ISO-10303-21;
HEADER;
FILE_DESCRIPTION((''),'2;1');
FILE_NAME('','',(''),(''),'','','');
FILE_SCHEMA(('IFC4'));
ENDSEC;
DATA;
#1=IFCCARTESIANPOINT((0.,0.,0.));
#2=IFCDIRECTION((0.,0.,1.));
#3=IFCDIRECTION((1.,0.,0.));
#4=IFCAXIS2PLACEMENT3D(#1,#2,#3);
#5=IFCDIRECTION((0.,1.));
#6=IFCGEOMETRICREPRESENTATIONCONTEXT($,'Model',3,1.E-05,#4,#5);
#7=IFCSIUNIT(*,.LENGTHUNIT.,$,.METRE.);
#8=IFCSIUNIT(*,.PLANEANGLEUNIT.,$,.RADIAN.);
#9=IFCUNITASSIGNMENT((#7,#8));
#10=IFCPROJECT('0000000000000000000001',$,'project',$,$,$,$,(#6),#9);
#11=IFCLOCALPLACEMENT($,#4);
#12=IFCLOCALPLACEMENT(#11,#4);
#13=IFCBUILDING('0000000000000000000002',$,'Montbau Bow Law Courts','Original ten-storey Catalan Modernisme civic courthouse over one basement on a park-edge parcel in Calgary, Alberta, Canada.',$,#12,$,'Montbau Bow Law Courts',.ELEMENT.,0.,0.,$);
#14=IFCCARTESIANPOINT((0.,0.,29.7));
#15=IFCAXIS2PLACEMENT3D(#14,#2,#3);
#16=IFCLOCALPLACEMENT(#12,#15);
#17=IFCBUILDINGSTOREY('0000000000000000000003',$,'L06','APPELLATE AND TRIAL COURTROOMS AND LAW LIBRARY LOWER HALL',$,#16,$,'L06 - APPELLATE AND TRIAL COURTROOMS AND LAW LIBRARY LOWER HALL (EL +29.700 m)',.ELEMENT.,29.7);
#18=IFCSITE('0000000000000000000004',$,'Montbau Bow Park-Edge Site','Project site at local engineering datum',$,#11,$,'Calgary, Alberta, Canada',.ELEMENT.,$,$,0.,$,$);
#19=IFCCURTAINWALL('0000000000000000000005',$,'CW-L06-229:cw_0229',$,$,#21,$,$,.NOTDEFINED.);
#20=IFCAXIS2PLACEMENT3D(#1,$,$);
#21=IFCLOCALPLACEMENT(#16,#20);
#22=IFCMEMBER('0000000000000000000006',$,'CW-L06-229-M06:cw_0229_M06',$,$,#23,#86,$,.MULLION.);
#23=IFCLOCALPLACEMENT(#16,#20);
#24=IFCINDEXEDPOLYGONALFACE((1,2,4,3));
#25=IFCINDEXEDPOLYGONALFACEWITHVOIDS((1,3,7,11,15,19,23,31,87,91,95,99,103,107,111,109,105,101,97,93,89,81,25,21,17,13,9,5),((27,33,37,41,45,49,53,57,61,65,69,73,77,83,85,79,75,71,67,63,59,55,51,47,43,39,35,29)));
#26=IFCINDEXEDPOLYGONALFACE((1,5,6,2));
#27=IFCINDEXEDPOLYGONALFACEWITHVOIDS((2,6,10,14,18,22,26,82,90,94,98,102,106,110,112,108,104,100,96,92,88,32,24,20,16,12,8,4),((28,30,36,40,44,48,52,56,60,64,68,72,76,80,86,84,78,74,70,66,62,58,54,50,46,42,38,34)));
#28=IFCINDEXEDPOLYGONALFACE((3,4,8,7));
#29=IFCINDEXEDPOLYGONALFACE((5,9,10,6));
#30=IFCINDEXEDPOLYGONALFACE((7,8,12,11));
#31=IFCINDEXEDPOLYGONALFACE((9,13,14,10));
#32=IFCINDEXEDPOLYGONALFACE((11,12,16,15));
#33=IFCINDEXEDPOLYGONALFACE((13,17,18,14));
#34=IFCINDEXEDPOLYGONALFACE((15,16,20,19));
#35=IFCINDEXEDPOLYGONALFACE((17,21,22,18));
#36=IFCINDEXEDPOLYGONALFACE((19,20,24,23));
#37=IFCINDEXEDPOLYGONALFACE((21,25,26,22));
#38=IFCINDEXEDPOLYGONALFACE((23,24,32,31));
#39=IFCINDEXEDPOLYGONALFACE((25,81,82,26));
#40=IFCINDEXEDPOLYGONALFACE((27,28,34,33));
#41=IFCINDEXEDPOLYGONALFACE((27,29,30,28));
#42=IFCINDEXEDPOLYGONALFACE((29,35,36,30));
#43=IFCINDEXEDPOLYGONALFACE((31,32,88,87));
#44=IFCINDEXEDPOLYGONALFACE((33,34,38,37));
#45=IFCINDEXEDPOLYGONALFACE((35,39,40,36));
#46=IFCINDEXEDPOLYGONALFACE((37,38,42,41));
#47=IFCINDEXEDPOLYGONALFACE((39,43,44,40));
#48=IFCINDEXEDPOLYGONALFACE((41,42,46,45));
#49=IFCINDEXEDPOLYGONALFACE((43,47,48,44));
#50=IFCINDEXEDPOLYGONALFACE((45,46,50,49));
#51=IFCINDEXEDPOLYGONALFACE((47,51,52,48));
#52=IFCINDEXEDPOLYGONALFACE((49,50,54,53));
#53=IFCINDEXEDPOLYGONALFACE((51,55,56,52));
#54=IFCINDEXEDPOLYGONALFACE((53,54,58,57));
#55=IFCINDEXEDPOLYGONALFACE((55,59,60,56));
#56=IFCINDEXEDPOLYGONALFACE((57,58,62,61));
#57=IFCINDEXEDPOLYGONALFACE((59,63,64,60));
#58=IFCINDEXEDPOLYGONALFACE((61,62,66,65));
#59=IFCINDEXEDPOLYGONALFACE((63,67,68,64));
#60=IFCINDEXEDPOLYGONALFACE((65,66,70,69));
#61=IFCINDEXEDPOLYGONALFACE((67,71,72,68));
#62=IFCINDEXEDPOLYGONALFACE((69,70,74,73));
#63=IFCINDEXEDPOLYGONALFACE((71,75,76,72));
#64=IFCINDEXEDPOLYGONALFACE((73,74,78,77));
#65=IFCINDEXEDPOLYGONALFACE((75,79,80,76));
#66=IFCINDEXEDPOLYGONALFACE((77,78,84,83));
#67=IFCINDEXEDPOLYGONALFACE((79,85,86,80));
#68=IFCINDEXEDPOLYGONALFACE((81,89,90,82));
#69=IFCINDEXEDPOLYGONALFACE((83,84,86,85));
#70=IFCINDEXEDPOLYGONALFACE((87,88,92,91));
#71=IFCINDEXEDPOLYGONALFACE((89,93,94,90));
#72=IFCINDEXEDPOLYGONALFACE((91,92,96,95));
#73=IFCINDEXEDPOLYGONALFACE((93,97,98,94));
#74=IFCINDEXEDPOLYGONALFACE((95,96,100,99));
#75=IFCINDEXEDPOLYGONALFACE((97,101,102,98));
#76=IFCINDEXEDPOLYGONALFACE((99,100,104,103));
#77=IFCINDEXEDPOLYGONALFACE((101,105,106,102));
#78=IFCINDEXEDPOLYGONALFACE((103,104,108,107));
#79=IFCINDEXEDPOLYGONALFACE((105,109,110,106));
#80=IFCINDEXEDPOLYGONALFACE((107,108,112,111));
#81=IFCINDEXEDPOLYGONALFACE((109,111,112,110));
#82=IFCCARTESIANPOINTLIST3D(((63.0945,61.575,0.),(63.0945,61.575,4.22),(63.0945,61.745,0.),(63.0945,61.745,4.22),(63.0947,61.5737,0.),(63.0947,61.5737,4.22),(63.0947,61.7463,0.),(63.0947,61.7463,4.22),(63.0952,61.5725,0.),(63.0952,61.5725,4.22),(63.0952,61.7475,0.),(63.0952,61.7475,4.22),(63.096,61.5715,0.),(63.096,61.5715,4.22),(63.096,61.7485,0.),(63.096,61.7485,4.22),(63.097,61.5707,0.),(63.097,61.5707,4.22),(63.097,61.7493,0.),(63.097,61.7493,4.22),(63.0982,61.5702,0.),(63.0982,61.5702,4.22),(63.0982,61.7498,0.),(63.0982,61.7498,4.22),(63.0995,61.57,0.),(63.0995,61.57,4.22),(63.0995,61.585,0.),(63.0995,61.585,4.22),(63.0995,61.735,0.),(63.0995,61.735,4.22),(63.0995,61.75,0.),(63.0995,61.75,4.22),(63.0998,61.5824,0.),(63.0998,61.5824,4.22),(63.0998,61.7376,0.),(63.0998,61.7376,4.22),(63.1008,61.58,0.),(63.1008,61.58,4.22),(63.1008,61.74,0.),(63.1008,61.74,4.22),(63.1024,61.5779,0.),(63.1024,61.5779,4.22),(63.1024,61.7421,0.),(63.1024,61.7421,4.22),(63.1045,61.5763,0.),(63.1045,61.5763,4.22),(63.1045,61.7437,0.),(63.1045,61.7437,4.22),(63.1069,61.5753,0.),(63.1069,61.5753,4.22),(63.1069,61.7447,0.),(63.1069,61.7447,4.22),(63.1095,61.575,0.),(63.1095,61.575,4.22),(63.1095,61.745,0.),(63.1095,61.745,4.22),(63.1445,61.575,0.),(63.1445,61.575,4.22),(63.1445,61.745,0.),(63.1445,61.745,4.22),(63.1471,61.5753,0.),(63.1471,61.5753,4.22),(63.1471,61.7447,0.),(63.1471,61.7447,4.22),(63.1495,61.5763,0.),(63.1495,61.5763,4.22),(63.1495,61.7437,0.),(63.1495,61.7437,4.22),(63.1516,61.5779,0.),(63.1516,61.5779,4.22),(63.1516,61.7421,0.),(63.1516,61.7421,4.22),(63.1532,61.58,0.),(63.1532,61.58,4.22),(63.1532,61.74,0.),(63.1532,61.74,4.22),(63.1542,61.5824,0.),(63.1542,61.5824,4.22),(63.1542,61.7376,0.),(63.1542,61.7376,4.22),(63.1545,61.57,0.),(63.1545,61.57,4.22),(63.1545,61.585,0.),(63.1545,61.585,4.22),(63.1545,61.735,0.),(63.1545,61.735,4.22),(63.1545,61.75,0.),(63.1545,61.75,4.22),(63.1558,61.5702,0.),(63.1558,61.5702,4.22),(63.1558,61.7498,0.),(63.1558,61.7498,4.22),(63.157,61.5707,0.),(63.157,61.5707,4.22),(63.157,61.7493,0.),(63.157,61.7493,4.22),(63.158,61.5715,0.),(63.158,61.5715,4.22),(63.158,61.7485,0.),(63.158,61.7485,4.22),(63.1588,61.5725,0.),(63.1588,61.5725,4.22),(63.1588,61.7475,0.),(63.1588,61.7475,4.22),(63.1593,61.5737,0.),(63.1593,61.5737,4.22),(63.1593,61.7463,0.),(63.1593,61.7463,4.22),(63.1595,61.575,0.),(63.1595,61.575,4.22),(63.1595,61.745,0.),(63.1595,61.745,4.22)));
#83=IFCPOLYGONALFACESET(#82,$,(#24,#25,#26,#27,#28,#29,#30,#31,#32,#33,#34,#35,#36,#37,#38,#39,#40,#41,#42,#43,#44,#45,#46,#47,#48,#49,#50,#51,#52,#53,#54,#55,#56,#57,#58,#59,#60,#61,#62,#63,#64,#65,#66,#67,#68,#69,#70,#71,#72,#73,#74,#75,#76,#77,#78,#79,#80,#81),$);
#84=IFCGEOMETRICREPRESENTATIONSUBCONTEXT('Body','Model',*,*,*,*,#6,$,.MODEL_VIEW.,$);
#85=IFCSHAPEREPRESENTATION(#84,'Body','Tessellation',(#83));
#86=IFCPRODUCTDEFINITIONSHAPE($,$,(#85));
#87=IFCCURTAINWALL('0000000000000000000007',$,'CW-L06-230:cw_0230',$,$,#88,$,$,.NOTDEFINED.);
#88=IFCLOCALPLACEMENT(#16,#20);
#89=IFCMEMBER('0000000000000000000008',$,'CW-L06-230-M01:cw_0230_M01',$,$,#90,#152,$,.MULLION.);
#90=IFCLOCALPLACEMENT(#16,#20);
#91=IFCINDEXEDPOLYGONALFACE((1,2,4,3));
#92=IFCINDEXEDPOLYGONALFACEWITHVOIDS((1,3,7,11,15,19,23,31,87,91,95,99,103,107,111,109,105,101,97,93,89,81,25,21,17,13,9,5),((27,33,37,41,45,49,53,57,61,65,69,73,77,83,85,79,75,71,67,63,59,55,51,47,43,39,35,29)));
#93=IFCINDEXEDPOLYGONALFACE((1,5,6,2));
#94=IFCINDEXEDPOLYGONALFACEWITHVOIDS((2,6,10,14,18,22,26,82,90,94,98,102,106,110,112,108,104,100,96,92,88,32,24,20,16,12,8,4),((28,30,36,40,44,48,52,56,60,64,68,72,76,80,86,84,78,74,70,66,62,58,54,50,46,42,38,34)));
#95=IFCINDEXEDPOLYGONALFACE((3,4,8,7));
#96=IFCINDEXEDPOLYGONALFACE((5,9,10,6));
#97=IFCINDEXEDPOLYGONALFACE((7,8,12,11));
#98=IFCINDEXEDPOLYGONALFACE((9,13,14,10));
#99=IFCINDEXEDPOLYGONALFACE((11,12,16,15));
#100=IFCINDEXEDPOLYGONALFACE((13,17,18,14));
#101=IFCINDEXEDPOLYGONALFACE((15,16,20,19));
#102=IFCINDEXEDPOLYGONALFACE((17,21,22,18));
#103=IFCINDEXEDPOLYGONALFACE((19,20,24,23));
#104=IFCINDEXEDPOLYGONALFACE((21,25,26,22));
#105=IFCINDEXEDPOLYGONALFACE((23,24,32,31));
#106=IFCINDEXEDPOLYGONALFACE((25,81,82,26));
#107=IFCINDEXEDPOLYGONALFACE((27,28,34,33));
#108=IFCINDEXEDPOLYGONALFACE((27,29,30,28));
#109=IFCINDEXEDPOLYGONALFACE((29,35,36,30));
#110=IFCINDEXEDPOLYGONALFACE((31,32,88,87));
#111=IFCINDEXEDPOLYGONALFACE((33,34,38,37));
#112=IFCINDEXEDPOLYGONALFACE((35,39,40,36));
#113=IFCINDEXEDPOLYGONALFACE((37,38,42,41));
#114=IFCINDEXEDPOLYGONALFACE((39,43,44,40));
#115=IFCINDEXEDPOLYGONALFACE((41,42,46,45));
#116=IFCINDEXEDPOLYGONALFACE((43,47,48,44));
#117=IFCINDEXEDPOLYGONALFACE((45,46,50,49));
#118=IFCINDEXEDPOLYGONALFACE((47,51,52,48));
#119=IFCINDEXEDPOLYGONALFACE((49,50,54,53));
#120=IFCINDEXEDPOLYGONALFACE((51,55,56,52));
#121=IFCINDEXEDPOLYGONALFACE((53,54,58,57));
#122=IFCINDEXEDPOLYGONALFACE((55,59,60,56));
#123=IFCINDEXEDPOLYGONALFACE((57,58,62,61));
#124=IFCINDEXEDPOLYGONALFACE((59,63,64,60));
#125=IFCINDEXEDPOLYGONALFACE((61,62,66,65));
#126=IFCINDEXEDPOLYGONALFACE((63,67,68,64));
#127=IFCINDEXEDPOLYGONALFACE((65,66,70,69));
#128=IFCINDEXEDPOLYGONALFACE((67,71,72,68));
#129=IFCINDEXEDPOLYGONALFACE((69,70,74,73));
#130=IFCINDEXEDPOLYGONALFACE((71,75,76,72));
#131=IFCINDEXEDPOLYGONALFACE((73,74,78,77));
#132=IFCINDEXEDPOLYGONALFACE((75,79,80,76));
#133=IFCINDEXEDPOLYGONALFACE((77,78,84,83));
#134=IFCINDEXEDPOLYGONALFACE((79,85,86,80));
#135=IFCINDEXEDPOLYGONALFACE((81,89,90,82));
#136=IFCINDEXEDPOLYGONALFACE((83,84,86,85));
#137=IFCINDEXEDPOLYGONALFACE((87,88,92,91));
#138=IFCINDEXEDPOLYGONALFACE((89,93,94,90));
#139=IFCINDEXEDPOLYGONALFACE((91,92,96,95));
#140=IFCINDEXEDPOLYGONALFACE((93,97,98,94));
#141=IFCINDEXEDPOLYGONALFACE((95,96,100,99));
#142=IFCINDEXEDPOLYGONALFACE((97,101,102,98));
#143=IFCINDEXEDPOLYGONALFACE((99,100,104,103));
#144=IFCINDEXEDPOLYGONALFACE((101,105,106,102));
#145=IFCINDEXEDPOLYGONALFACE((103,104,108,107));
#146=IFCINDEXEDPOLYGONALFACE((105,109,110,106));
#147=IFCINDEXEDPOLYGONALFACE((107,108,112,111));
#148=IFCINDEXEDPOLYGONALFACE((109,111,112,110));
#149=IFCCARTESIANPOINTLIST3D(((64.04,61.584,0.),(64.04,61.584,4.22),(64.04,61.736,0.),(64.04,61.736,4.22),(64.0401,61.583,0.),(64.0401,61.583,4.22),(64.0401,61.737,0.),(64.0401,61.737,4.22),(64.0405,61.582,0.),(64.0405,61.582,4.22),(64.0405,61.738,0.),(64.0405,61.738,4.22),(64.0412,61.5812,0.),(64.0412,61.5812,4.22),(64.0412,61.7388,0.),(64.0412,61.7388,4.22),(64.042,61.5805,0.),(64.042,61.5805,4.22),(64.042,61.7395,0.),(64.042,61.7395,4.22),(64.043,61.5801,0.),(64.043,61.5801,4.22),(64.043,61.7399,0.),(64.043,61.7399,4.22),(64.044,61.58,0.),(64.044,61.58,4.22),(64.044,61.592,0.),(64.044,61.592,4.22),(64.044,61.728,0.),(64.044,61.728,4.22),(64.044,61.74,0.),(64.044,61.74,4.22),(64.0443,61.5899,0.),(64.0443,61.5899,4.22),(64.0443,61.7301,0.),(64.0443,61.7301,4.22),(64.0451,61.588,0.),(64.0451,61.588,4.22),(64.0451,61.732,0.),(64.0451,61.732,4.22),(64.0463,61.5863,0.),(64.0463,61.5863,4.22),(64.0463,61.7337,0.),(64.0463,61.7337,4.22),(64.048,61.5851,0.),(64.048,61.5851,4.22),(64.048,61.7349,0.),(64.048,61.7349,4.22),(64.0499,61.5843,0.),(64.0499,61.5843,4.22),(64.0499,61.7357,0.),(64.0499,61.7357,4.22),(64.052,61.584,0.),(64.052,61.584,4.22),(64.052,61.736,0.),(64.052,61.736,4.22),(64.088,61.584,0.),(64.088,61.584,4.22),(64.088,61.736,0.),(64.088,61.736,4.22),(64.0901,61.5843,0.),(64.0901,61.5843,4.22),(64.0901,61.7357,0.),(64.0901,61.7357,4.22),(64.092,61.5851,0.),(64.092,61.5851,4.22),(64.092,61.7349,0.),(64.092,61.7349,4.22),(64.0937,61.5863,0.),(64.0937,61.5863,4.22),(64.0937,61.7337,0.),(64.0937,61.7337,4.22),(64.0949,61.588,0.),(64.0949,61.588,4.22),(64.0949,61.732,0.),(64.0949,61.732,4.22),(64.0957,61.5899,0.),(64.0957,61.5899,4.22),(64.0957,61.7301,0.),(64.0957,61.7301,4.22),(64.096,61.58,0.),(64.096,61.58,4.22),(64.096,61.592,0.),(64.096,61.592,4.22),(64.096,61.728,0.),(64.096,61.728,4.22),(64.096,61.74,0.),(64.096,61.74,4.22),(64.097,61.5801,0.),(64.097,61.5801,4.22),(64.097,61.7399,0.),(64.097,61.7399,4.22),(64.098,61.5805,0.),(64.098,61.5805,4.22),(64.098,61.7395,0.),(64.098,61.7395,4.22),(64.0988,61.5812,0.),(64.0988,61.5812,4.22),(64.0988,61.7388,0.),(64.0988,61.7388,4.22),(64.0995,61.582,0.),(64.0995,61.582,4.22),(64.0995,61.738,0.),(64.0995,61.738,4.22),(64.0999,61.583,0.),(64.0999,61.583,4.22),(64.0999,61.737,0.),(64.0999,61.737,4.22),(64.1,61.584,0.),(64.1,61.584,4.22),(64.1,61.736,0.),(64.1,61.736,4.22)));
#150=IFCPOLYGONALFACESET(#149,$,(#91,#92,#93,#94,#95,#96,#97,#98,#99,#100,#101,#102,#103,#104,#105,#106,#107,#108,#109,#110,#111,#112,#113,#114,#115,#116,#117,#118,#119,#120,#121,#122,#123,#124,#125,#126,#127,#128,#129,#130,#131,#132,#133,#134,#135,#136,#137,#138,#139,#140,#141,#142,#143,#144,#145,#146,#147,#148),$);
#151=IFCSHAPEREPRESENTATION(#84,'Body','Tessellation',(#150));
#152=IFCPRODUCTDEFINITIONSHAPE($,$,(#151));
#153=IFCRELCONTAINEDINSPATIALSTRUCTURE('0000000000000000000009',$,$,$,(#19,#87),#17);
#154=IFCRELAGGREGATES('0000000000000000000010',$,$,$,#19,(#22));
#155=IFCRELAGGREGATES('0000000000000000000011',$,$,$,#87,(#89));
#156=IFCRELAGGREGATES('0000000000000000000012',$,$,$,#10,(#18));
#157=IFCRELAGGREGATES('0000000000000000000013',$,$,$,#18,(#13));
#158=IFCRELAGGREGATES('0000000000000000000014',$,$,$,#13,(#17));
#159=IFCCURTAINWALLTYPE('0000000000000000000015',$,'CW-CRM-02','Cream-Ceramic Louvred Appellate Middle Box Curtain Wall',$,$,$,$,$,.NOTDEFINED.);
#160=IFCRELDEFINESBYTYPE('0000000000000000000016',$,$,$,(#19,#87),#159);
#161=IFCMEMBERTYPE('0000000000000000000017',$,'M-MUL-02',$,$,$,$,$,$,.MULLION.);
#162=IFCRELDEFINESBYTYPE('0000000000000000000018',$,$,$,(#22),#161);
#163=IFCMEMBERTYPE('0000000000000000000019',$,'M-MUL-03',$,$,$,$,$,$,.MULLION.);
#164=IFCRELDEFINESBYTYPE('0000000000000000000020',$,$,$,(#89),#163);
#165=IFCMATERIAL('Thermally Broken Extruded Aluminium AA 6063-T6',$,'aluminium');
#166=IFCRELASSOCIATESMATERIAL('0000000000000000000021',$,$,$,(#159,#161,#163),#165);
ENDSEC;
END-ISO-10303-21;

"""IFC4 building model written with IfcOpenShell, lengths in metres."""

from ifc_helpers import new_model, si_unit, direction, frame, origin_with_axes, origin_2d_with_axis, place, context, subcontext, project, spatial, hollow_rectangle, extrude, material, material_profile, profile_set, type_object, element, aggregate, save


model = new_model("IFC4")

# Units and contexts
model_context = context("Model", 3, precision=1e-05, world=origin_with_axes(), true_north=direction((0.0, 1.0)))
body_context = subcontext(model_context, "Body", "Model", "MODEL_VIEW")
ifc_project = project(units=[si_unit("LENGTHUNIT", "METRE"), si_unit("PLANEANGLEUNIT", "RADIAN")], contexts=[model_context])

# Site, building, storey
site_placement = place(None, origin_with_axes())
site = spatial("IfcSite", under=ifc_project, at=site_placement, Name="Montbau Bow Park-Edge Site", Description="Project site at local engineering datum", LongName="Calgary, Alberta, Canada", CompositionType="ELEMENT", RefElevation=0.0)
building_placement = place(site_placement, origin_with_axes())
building = spatial("IfcBuilding", under=site, at=building_placement, Name="Montbau Bow Law Courts", Description="Original ten-storey Catalan Modernisme civic courthouse over one basement on a park-edge parcel in Calgary, Alberta, Canada.", LongName="Montbau Bow Law Courts", CompositionType="ELEMENT", ElevationOfRefHeight=0.0, ElevationOfTerrain=0.0)
storey_placement = place(building_placement, frame((0.0, 0.0, 29.7), z_axis=(0.0, 0.0, 1.0), x_axis=(1.0, 0.0, 0.0)))
storey = spatial("IfcBuildingStorey", under=building, at=storey_placement, Name="L06", Description="APPELLATE AND TRIAL COURTROOMS AND LAW LIBRARY LOWER HALL", LongName="L06 - APPELLATE AND TRIAL COURTROOMS AND LAW LIBRARY LOWER HALL (EL +29.700 m)", CompositionType="ELEMENT", Elevation=29.7)

# Curtain wall, member
ifc_material_1 = material(Name="Thermally Broken Extruded Aluminium AA 6063-T6", Category="aluminium")
curtain_wall_type = type_object("IfcCurtainWallType", Name="CW-CRM-02", Description="Cream-Ceramic Louvred Appellate Middle Box Curtain Wall", PredefinedType="NOTDEFINED", material=ifc_material_1)
curtain_wall_1_placement = place(None, frame((55.64, 61.66, 29.7), z_axis=(0.0, 0.0, 1.0), x_axis=(1.0, 0.0, 0.0)))
curtain_wall_1 = element("IfcCurtainWall", 1, at=curtain_wall_1_placement, inside=storey, type_object=curtain_wall_type, Name="CW-L06-229:cw_0229", PredefinedType="NOTDEFINED")
ifc_material_profile_1 = material_profile(ifc_material_1, hollow_rectangle(XDim=0.065, YDim=0.18, WallThickness=0.005, InnerFilletRadius=0.01, OuterFilletRadius=0.005, at=origin_2d_with_axis()), Name="CWM-180X65", Category="Main", Priority=0)
ifc_profile_set_1 = profile_set([ifc_material_profile_1], Name="Thermally Broken Extruded Aluminium AA 6063-T6")
member_type_1 = type_object("IfcMemberType", Name="M-MUL-02", PredefinedType="MULLION", material=ifc_profile_set_1)
member_1_placement = place(None, frame((63.127, 61.66, 29.7), z_axis=(0.0, 0.0, 1.0), x_axis=(1.0, 0.0, 0.0)))
member_1 = element("IfcMember", 2, at=member_1_placement, type_object=member_type_1, Name="CW-L06-229-M06:cw_0229_M06", PredefinedType="MULLION", context=body_context, shape_type="SweptSolid", body=[
    extrude(hollow_rectangle(XDim=0.065, YDim=0.18, WallThickness=0.005, InnerFilletRadius=0.01, OuterFilletRadius=0.005, at=origin_2d_with_axis()), origin_with_axes(), (0.0, 0.0, 1.0), 4.22),
])
aggregate(curtain_wall_1, [member_1])

# Curtain wall, member
curtain_wall_2_placement = place(None, frame((64.04, 61.66, 29.7), z_axis=(0.0, 0.0, 1.0), x_axis=(1.0, 0.0, 0.0)))
curtain_wall_2 = element("IfcCurtainWall", 3, at=curtain_wall_2_placement, inside=storey, type_object=curtain_wall_type, Name="CW-L06-230:cw_0230", PredefinedType="NOTDEFINED")
ifc_material_profile_2 = material_profile(ifc_material_1, hollow_rectangle(XDim=0.06, YDim=0.16, WallThickness=0.004, InnerFilletRadius=0.008, OuterFilletRadius=0.004, at=origin_2d_with_axis()), Name="CWM-160X60", Category="Main", Priority=0)
ifc_profile_set_2 = profile_set([ifc_material_profile_2], Name="Thermally Broken Extruded Aluminium AA 6063-T6")
member_type_2 = type_object("IfcMemberType", Name="M-MUL-03", PredefinedType="MULLION", material=ifc_profile_set_2)
member_2_placement = place(None, frame((64.07, 61.66, 29.7), z_axis=(0.0, 0.0, 1.0), x_axis=(1.0, 0.0, 0.0)))
member_2 = element("IfcMember", 4, at=member_2_placement, type_object=member_type_2, Name="CW-L06-230-M01:cw_0230_M01", PredefinedType="MULLION", context=body_context, shape_type="SweptSolid", body=[
    extrude(hollow_rectangle(XDim=0.06, YDim=0.16, WallThickness=0.004, InnerFilletRadius=0.008, OuterFilletRadius=0.004, at=origin_2d_with_axis()), origin_with_axes(), (0.0, 0.0, 1.0), 4.22),
])
aggregate(curtain_wall_2, [member_2])

save(model, "model.ifc")
